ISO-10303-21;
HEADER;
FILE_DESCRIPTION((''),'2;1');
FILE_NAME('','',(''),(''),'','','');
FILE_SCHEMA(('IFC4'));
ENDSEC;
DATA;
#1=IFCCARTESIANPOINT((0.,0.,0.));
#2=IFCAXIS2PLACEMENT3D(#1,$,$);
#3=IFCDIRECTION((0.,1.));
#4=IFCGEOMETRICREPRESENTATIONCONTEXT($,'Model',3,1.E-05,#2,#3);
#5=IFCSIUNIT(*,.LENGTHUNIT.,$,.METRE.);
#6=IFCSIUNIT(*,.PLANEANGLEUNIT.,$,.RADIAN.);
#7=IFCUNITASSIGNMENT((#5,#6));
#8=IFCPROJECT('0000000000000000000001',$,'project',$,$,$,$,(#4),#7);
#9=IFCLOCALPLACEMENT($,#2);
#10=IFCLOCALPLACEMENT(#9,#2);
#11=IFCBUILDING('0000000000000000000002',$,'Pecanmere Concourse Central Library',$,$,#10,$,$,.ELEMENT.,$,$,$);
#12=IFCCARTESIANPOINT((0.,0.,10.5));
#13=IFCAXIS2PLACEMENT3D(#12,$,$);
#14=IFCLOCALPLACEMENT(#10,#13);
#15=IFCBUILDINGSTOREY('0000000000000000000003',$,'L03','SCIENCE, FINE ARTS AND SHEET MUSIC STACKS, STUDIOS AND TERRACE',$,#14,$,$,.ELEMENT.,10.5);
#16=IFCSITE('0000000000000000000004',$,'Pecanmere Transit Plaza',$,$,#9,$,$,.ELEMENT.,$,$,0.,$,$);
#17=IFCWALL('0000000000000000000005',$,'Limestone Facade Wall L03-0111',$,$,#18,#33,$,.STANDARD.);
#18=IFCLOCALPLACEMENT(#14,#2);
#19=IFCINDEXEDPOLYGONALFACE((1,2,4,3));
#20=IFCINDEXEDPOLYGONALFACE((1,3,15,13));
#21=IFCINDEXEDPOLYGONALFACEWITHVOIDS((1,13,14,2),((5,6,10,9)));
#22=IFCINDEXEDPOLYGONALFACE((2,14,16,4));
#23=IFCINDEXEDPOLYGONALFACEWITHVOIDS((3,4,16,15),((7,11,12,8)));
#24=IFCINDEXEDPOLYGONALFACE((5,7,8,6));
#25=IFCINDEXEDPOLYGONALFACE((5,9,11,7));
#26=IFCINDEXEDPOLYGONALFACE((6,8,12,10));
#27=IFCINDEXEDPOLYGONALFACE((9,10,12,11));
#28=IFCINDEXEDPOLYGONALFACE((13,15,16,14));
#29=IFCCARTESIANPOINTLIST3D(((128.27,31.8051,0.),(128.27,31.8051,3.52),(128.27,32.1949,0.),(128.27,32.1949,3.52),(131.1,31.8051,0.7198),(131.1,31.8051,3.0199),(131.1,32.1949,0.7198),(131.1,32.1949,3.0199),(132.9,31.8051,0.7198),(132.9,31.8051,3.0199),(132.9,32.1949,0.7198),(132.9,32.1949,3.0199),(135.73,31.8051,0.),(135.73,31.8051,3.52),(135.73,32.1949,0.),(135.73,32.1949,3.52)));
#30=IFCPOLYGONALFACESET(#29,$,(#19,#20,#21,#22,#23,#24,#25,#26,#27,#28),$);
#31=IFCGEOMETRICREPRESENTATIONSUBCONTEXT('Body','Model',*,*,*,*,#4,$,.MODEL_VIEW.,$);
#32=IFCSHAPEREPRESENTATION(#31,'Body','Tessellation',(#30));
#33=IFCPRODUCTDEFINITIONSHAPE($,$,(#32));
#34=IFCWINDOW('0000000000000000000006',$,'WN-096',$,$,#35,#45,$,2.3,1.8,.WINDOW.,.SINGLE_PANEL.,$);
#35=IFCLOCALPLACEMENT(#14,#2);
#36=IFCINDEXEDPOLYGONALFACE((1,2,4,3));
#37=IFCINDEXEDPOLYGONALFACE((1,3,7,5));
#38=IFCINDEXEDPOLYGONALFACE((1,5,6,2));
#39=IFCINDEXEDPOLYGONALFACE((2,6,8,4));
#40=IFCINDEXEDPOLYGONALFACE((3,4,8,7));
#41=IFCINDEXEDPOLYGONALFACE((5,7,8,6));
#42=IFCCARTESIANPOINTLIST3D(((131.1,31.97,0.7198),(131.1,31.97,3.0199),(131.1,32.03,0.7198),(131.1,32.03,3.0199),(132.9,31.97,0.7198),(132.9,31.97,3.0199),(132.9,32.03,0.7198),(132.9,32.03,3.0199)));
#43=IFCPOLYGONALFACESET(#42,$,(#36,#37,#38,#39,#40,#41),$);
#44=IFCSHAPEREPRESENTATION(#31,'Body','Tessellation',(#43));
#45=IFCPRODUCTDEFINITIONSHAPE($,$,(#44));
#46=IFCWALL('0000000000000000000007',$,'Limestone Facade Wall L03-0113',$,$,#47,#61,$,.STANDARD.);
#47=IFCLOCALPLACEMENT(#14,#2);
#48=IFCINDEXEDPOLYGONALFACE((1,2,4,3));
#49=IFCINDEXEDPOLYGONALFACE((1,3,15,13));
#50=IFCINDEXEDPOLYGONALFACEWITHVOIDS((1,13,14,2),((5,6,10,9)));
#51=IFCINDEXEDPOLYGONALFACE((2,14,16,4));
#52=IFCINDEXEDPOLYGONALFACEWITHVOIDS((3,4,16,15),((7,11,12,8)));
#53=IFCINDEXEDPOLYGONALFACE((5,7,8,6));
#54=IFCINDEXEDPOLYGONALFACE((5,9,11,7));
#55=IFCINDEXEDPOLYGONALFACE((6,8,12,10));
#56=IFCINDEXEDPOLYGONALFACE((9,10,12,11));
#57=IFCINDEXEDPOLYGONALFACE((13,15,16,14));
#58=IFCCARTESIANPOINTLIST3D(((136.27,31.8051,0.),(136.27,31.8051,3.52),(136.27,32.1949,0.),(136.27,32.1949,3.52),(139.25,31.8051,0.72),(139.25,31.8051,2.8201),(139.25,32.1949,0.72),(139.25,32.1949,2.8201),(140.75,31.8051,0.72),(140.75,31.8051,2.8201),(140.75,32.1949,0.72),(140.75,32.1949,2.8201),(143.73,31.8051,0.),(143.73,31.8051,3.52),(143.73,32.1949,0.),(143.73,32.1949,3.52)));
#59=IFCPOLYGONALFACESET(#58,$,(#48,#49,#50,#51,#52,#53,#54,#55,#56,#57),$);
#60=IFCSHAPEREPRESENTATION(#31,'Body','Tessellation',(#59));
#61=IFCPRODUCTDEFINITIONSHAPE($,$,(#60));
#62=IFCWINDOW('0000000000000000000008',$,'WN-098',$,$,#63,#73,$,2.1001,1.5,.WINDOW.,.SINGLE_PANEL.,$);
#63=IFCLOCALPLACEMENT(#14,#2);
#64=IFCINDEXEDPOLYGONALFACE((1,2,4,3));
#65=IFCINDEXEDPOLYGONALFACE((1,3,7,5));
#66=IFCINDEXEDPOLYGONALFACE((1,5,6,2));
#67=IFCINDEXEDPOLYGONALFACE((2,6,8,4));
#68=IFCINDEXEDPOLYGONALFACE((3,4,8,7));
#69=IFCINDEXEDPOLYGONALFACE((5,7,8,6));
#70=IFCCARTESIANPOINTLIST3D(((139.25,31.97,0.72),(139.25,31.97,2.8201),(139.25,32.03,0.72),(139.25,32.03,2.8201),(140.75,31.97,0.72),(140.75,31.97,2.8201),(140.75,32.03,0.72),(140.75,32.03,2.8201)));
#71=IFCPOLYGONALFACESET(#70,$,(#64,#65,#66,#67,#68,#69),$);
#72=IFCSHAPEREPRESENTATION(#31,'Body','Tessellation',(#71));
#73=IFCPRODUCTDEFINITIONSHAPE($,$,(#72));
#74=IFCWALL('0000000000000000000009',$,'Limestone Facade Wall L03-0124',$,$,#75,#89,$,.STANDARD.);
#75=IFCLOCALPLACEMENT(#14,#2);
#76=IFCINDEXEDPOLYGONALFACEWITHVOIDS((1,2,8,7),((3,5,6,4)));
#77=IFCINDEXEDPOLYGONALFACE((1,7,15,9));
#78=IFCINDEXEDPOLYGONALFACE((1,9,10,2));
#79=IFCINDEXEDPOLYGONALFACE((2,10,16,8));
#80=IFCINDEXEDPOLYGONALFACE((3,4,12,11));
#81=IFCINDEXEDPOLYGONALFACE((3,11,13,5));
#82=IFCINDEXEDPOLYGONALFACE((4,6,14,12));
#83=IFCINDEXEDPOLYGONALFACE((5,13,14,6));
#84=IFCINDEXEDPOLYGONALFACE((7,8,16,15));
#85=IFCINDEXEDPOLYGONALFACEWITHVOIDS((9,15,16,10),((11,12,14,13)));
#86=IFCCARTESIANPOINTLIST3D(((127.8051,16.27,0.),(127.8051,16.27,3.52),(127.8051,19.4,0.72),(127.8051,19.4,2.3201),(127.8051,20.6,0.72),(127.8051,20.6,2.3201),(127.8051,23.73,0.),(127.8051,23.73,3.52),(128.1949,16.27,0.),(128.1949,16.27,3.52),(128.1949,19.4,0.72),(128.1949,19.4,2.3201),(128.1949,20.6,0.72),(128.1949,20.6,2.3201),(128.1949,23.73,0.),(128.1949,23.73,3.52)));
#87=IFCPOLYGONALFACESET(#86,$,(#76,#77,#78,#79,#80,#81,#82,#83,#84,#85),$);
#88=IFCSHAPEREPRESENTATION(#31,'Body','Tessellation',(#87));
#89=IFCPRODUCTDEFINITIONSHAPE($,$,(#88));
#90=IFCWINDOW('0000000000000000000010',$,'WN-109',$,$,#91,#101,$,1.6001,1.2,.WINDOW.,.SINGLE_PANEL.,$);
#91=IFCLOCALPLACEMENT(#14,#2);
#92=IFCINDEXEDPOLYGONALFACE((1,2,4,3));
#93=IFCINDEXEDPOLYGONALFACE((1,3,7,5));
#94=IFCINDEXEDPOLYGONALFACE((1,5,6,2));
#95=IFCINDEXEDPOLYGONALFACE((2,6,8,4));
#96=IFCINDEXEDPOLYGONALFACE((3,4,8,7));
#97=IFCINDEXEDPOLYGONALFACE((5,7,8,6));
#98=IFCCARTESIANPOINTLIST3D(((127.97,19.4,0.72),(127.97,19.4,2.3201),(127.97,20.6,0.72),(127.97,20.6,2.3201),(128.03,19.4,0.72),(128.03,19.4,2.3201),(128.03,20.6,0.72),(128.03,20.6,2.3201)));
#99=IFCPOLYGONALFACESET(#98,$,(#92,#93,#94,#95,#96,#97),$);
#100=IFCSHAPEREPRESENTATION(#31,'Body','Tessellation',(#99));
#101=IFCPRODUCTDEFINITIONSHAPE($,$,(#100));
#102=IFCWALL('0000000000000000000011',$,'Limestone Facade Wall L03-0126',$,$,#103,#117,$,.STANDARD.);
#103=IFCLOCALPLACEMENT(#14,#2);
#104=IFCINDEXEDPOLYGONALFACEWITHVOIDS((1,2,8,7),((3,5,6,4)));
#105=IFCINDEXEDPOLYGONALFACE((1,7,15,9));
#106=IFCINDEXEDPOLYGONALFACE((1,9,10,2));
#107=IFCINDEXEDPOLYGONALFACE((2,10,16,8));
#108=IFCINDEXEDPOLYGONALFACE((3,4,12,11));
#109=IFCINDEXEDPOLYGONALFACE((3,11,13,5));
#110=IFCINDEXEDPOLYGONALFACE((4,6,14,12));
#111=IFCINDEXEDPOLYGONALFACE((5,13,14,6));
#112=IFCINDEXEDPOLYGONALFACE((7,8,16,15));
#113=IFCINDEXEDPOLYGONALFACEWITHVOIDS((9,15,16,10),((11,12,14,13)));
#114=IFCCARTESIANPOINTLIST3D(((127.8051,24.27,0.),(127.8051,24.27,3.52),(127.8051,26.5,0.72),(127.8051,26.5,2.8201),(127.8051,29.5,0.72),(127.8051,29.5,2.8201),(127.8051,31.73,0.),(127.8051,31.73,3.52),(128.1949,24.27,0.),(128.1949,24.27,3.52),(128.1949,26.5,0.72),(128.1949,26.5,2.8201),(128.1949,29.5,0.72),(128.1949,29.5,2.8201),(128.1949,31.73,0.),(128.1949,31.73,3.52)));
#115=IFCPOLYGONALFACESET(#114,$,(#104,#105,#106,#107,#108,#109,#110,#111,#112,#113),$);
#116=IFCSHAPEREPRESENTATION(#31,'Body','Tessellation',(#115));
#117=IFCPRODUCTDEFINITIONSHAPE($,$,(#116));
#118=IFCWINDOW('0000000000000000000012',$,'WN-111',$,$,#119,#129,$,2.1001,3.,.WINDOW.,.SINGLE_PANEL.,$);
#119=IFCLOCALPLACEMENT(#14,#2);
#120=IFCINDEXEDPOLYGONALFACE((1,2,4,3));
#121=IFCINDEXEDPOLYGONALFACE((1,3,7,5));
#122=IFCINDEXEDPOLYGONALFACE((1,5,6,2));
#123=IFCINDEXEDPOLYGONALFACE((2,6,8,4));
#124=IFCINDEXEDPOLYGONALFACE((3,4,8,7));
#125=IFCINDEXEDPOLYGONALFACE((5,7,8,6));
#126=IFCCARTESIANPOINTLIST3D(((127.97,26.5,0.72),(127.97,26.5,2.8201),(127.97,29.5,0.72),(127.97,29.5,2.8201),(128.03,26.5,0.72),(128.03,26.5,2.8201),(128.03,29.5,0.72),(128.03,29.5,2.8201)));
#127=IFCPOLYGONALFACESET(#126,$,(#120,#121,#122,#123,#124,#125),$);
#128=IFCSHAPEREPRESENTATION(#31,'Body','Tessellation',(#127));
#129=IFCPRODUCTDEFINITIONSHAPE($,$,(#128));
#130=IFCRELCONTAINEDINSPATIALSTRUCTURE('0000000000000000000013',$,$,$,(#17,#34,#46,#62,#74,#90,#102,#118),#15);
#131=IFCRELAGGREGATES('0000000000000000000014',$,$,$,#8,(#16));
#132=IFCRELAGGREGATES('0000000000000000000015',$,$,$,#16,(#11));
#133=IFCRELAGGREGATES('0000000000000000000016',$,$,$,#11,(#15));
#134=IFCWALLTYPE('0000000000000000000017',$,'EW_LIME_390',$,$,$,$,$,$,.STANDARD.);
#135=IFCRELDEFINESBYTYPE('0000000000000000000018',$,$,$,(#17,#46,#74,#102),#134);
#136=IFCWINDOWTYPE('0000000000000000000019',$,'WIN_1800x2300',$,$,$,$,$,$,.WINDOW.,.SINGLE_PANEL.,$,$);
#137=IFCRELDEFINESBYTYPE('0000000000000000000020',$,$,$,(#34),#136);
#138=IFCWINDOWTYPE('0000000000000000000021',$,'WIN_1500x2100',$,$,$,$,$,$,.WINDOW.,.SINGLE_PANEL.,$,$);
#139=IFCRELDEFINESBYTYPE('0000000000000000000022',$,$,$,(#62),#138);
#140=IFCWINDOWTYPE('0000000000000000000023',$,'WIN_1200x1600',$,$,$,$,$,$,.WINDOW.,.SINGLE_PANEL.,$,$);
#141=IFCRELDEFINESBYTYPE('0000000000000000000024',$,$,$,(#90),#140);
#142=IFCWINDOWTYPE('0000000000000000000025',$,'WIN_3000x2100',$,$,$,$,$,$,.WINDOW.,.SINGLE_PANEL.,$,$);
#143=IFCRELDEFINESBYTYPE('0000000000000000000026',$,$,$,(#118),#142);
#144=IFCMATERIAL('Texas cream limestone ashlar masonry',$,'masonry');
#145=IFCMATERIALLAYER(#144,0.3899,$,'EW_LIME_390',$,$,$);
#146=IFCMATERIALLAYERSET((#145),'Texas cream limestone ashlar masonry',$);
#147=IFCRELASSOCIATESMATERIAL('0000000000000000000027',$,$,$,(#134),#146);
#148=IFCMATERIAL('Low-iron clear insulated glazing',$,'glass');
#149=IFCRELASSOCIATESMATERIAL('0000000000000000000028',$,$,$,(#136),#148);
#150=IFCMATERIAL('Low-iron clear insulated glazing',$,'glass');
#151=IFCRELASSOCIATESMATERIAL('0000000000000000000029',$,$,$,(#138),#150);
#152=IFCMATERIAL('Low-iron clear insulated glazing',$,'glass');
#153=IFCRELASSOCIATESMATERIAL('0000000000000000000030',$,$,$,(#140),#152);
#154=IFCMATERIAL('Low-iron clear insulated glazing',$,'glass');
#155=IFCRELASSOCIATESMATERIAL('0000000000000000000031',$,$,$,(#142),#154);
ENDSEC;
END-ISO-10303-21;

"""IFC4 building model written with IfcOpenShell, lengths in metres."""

from ifc_helpers import new_model, si_unit, direction, frame, frame_2d, origin, place, context, subcontext, project, spatial, rectangle, extrude, material, layer, layer_set, type_object, element, fill, save


model = new_model("IFC4")

# Units and contexts
model_context = context("Model", 3, precision=1e-05, world=origin(), true_north=direction((0.0, 1.0)))
body_context = subcontext(model_context, "Body", "Model", "MODEL_VIEW")
ifc_project = project(units=[si_unit("LENGTHUNIT", "METRE"), si_unit("PLANEANGLEUNIT", "RADIAN")], contexts=[model_context])

# Site, building, storey
site_placement = place(None, origin())
site = spatial("IfcSite", under=ifc_project, at=site_placement, Name="Pecanmere Transit Plaza", CompositionType="ELEMENT", RefElevation=0.0)
building_placement = place(site_placement, origin())
building = spatial("IfcBuilding", under=site, at=building_placement, Name="Pecanmere Concourse Central Library", CompositionType="ELEMENT")
storey_placement = place(building_placement, frame((0.0, 0.0, 10.5)))
storey = spatial("IfcBuildingStorey", under=building, at=storey_placement, Name="L03", Description="SCIENCE, FINE ARTS AND SHEET MUSIC STACKS, STUDIOS AND TERRACE", CompositionType="ELEMENT", Elevation=10.5)

# Walls, openings, windows
ifc_material_1 = material(Name="Texas cream limestone ashlar masonry", Category="masonry")
ifc_layer = layer(ifc_material_1, 0.3899, Name="EW_LIME_390")
ifc_layer_set = layer_set([ifc_layer], Name="Texas cream limestone ashlar masonry")
wall_type = type_object("IfcWallType", Name="EW_LIME_390", PredefinedType="STANDARD", material=ifc_layer_set)
wall_1_placement = place(storey_placement, frame((135.73, 32.0, 0.0), z_axis=(0.0, 0.0, 1.0), x_axis=(-1.0, 0.0, 0.0)))
wall_1 = element("IfcWall", 1, at=wall_1_placement, inside=storey, type_object=wall_type, Name="Limestone Facade Wall L03-0111", PredefinedType="STANDARD", context=body_context, shape_type="SweptSolid", body=[
    extrude(rectangle(XDim=7.46, YDim=0.3899, at=frame_2d((3.73, 0.0))), origin(), (0.0, 0.0, 1.0), 3.52),
])
opening_1_placement = place(wall_1_placement, frame((2.8301, 0.0, 0.72)))
opening_1 = element("IfcOpeningElement", 2, at=opening_1_placement, cuts=wall_1, PredefinedType="OPENING", context=body_context, shape_type="SweptSolid", body=[
    extrude(rectangle(XDim=1.8, YDim=2.3, at=frame_2d((0.8999, 1.1499))), frame((0.0, 0.207, 0.0), z_axis=(0.0, -1.0, 0.0), x_axis=(1.0, 0.0, 0.0)), (0.0, 0.0, 1.0), 0.4138),
])
ifc_material_2 = material(Name="Low-iron clear insulated glazing", Category="glass")
window_type_1 = type_object("IfcWindowType", Name="WIN_1800x2300", PartitioningType="SINGLE_PANEL", PredefinedType="WINDOW", material=ifc_material_2)
window_1_placement = place(opening_1_placement, origin())
window_1 = element("IfcWindow", 3, at=window_1_placement, inside=storey, type_object=window_type_1, Name="WN-096", OverallHeight=2.3, OverallWidth=1.8, PartitioningType="SINGLE_PANEL", PredefinedType="WINDOW", context=body_context, shape_type="SweptSolid", body=[
    extrude(rectangle(XDim=1.8, YDim=2.3, at=frame_2d((0.8999, 1.1499))), frame((0.0, 0.03, 0.0), z_axis=(0.0, -1.0, 0.0), x_axis=(1.0, 0.0, 0.0)), (0.0, 0.0, 1.0), 0.0601),
])
fill(opening_1, window_1)
wall_2_placement = place(storey_placement, frame((143.73, 32.0, 0.0), z_axis=(0.0, 0.0, 1.0), x_axis=(-1.0, 0.0, 0.0)))
wall_2 = element("IfcWall", 4, at=wall_2_placement, inside=storey, type_object=wall_type, Name="Limestone Facade Wall L03-0113", PredefinedType="STANDARD", context=body_context, shape_type="SweptSolid", body=[
    extrude(rectangle(XDim=7.46, YDim=0.3899, at=frame_2d((3.73, 0.0))), origin(), (0.0, 0.0, 1.0), 3.52),
])
opening_2_placement = place(wall_2_placement, frame((2.98, 0.0, 0.72)))
opening_2 = element("IfcOpeningElement", 5, at=opening_2_placement, cuts=wall_2, PredefinedType="OPENING", context=body_context, shape_type="SweptSolid", body=[
    extrude(rectangle(XDim=1.5, YDim=2.1001, at=frame_2d((0.75, 1.05))), frame((0.0, 0.207, 0.0), z_axis=(0.0, -1.0, 0.0), x_axis=(1.0, 0.0, 0.0)), (0.0, 0.0, 1.0), 0.4138),
])
ifc_material_3 = material(Name="Low-iron clear insulated glazing", Category="glass")
window_type_2 = type_object("IfcWindowType", Name="WIN_1500x2100", PartitioningType="SINGLE_PANEL", PredefinedType="WINDOW", material=ifc_material_3)
window_2_placement = place(opening_2_placement, origin())
window_2 = element("IfcWindow", 6, at=window_2_placement, inside=storey, type_object=window_type_2, Name="WN-098", OverallHeight=2.1001, OverallWidth=1.5, PartitioningType="SINGLE_PANEL", PredefinedType="WINDOW", context=body_context, shape_type="SweptSolid", body=[
    extrude(rectangle(XDim=1.5, YDim=2.1001, at=frame_2d((0.75, 1.05))), frame((0.0, 0.03, 0.0), z_axis=(0.0, -1.0, 0.0), x_axis=(1.0, 0.0, 0.0)), (0.0, 0.0, 1.0), 0.0601),
])
fill(opening_2, window_2)
wall_3_placement = place(storey_placement, frame((128.0, 23.73, 0.0), z_axis=(0.0, 0.0, 1.0), x_axis=(0.0, -1.0, 0.0)))
wall_3 = element("IfcWall", 7, at=wall_3_placement, inside=storey, type_object=wall_type, Name="Limestone Facade Wall L03-0124", PredefinedType="STANDARD", context=body_context, shape_type="SweptSolid", body=[
    extrude(rectangle(XDim=7.46, YDim=0.3899, at=frame_2d((3.73, 0.0))), origin(), (0.0, 0.0, 1.0), 3.52),
])
opening_3_placement = place(wall_3_placement, frame((3.1299, 0.0, 0.72)))
opening_3 = element("IfcOpeningElement", 8, at=opening_3_placement, cuts=wall_3, PredefinedType="OPENING", context=body_context, shape_type="SweptSolid", body=[
    extrude(rectangle(XDim=1.2, YDim=1.6001, at=frame_2d((0.6001, 0.8))), frame((0.0, 0.207, 0.0), z_axis=(0.0, -1.0, 0.0), x_axis=(1.0, 0.0, 0.0)), (0.0, 0.0, 1.0), 0.4138),
])
ifc_material_4 = material(Name="Low-iron clear insulated glazing", Category="glass")
window_type_3 = type_object("IfcWindowType", Name="WIN_1200x1600", PartitioningType="SINGLE_PANEL", PredefinedType="WINDOW", material=ifc_material_4)
window_3_placement = place(opening_3_placement, origin())
window_3 = element("IfcWindow", 9, at=window_3_placement, inside=storey, type_object=window_type_3, Name="WN-109", OverallHeight=1.6001, OverallWidth=1.2, PartitioningType="SINGLE_PANEL", PredefinedType="WINDOW", context=body_context, shape_type="SweptSolid", body=[
    extrude(rectangle(XDim=1.2, YDim=1.6001, at=frame_2d((0.6001, 0.8))), frame((0.0, 0.03, 0.0), z_axis=(0.0, -1.0, 0.0), x_axis=(1.0, 0.0, 0.0)), (0.0, 0.0, 1.0), 0.0601),
])
fill(opening_3, window_3)
wall_4_placement = place(storey_placement, frame((128.0, 31.73, 0.0), z_axis=(0.0, 0.0, 1.0), x_axis=(0.0, -1.0, 0.0)))
wall_4 = element("IfcWall", 10, at=wall_4_placement, inside=storey, type_object=wall_type, Name="Limestone Facade Wall L03-0126", PredefinedType="STANDARD", context=body_context, shape_type="SweptSolid", body=[
    extrude(rectangle(XDim=7.46, YDim=0.3899, at=frame_2d((3.73, 0.0))), origin(), (0.0, 0.0, 1.0), 3.52),
])
opening_4_placement = place(wall_4_placement, frame((2.23, 0.0, 0.72)))
opening_4 = element("IfcOpeningElement", 11, at=opening_4_placement, cuts=wall_4, PredefinedType="OPENING", context=body_context, shape_type="SweptSolid", body=[
    extrude(rectangle(XDim=3.0, YDim=2.1001, at=frame_2d((1.5, 1.05))), frame((0.0, 0.207, 0.0), z_axis=(0.0, -1.0, 0.0), x_axis=(1.0, 0.0, 0.0)), (0.0, 0.0, 1.0), 0.4138),
])
ifc_material_5 = material(Name="Low-iron clear insulated glazing", Category="glass")
window_type_4 = type_object("IfcWindowType", Name="WIN_3000x2100", PartitioningType="SINGLE_PANEL", PredefinedType="WINDOW", material=ifc_material_5)
window_4_placement = place(opening_4_placement, origin())
window_4 = element("IfcWindow", 12, at=window_4_placement, inside=storey, type_object=window_type_4, Name="WN-111", OverallHeight=2.1001, OverallWidth=3.0, PartitioningType="SINGLE_PANEL", PredefinedType="WINDOW", context=body_context, shape_type="SweptSolid", body=[
    extrude(rectangle(XDim=3.0, YDim=2.1001, at=frame_2d((1.5, 1.05))), frame((0.0, 0.03, 0.0), z_axis=(0.0, -1.0, 0.0), x_axis=(1.0, 0.0, 0.0)), (0.0, 0.0, 1.0), 0.0601),
])
fill(opening_4, window_4)

save(model, "model.ifc")
